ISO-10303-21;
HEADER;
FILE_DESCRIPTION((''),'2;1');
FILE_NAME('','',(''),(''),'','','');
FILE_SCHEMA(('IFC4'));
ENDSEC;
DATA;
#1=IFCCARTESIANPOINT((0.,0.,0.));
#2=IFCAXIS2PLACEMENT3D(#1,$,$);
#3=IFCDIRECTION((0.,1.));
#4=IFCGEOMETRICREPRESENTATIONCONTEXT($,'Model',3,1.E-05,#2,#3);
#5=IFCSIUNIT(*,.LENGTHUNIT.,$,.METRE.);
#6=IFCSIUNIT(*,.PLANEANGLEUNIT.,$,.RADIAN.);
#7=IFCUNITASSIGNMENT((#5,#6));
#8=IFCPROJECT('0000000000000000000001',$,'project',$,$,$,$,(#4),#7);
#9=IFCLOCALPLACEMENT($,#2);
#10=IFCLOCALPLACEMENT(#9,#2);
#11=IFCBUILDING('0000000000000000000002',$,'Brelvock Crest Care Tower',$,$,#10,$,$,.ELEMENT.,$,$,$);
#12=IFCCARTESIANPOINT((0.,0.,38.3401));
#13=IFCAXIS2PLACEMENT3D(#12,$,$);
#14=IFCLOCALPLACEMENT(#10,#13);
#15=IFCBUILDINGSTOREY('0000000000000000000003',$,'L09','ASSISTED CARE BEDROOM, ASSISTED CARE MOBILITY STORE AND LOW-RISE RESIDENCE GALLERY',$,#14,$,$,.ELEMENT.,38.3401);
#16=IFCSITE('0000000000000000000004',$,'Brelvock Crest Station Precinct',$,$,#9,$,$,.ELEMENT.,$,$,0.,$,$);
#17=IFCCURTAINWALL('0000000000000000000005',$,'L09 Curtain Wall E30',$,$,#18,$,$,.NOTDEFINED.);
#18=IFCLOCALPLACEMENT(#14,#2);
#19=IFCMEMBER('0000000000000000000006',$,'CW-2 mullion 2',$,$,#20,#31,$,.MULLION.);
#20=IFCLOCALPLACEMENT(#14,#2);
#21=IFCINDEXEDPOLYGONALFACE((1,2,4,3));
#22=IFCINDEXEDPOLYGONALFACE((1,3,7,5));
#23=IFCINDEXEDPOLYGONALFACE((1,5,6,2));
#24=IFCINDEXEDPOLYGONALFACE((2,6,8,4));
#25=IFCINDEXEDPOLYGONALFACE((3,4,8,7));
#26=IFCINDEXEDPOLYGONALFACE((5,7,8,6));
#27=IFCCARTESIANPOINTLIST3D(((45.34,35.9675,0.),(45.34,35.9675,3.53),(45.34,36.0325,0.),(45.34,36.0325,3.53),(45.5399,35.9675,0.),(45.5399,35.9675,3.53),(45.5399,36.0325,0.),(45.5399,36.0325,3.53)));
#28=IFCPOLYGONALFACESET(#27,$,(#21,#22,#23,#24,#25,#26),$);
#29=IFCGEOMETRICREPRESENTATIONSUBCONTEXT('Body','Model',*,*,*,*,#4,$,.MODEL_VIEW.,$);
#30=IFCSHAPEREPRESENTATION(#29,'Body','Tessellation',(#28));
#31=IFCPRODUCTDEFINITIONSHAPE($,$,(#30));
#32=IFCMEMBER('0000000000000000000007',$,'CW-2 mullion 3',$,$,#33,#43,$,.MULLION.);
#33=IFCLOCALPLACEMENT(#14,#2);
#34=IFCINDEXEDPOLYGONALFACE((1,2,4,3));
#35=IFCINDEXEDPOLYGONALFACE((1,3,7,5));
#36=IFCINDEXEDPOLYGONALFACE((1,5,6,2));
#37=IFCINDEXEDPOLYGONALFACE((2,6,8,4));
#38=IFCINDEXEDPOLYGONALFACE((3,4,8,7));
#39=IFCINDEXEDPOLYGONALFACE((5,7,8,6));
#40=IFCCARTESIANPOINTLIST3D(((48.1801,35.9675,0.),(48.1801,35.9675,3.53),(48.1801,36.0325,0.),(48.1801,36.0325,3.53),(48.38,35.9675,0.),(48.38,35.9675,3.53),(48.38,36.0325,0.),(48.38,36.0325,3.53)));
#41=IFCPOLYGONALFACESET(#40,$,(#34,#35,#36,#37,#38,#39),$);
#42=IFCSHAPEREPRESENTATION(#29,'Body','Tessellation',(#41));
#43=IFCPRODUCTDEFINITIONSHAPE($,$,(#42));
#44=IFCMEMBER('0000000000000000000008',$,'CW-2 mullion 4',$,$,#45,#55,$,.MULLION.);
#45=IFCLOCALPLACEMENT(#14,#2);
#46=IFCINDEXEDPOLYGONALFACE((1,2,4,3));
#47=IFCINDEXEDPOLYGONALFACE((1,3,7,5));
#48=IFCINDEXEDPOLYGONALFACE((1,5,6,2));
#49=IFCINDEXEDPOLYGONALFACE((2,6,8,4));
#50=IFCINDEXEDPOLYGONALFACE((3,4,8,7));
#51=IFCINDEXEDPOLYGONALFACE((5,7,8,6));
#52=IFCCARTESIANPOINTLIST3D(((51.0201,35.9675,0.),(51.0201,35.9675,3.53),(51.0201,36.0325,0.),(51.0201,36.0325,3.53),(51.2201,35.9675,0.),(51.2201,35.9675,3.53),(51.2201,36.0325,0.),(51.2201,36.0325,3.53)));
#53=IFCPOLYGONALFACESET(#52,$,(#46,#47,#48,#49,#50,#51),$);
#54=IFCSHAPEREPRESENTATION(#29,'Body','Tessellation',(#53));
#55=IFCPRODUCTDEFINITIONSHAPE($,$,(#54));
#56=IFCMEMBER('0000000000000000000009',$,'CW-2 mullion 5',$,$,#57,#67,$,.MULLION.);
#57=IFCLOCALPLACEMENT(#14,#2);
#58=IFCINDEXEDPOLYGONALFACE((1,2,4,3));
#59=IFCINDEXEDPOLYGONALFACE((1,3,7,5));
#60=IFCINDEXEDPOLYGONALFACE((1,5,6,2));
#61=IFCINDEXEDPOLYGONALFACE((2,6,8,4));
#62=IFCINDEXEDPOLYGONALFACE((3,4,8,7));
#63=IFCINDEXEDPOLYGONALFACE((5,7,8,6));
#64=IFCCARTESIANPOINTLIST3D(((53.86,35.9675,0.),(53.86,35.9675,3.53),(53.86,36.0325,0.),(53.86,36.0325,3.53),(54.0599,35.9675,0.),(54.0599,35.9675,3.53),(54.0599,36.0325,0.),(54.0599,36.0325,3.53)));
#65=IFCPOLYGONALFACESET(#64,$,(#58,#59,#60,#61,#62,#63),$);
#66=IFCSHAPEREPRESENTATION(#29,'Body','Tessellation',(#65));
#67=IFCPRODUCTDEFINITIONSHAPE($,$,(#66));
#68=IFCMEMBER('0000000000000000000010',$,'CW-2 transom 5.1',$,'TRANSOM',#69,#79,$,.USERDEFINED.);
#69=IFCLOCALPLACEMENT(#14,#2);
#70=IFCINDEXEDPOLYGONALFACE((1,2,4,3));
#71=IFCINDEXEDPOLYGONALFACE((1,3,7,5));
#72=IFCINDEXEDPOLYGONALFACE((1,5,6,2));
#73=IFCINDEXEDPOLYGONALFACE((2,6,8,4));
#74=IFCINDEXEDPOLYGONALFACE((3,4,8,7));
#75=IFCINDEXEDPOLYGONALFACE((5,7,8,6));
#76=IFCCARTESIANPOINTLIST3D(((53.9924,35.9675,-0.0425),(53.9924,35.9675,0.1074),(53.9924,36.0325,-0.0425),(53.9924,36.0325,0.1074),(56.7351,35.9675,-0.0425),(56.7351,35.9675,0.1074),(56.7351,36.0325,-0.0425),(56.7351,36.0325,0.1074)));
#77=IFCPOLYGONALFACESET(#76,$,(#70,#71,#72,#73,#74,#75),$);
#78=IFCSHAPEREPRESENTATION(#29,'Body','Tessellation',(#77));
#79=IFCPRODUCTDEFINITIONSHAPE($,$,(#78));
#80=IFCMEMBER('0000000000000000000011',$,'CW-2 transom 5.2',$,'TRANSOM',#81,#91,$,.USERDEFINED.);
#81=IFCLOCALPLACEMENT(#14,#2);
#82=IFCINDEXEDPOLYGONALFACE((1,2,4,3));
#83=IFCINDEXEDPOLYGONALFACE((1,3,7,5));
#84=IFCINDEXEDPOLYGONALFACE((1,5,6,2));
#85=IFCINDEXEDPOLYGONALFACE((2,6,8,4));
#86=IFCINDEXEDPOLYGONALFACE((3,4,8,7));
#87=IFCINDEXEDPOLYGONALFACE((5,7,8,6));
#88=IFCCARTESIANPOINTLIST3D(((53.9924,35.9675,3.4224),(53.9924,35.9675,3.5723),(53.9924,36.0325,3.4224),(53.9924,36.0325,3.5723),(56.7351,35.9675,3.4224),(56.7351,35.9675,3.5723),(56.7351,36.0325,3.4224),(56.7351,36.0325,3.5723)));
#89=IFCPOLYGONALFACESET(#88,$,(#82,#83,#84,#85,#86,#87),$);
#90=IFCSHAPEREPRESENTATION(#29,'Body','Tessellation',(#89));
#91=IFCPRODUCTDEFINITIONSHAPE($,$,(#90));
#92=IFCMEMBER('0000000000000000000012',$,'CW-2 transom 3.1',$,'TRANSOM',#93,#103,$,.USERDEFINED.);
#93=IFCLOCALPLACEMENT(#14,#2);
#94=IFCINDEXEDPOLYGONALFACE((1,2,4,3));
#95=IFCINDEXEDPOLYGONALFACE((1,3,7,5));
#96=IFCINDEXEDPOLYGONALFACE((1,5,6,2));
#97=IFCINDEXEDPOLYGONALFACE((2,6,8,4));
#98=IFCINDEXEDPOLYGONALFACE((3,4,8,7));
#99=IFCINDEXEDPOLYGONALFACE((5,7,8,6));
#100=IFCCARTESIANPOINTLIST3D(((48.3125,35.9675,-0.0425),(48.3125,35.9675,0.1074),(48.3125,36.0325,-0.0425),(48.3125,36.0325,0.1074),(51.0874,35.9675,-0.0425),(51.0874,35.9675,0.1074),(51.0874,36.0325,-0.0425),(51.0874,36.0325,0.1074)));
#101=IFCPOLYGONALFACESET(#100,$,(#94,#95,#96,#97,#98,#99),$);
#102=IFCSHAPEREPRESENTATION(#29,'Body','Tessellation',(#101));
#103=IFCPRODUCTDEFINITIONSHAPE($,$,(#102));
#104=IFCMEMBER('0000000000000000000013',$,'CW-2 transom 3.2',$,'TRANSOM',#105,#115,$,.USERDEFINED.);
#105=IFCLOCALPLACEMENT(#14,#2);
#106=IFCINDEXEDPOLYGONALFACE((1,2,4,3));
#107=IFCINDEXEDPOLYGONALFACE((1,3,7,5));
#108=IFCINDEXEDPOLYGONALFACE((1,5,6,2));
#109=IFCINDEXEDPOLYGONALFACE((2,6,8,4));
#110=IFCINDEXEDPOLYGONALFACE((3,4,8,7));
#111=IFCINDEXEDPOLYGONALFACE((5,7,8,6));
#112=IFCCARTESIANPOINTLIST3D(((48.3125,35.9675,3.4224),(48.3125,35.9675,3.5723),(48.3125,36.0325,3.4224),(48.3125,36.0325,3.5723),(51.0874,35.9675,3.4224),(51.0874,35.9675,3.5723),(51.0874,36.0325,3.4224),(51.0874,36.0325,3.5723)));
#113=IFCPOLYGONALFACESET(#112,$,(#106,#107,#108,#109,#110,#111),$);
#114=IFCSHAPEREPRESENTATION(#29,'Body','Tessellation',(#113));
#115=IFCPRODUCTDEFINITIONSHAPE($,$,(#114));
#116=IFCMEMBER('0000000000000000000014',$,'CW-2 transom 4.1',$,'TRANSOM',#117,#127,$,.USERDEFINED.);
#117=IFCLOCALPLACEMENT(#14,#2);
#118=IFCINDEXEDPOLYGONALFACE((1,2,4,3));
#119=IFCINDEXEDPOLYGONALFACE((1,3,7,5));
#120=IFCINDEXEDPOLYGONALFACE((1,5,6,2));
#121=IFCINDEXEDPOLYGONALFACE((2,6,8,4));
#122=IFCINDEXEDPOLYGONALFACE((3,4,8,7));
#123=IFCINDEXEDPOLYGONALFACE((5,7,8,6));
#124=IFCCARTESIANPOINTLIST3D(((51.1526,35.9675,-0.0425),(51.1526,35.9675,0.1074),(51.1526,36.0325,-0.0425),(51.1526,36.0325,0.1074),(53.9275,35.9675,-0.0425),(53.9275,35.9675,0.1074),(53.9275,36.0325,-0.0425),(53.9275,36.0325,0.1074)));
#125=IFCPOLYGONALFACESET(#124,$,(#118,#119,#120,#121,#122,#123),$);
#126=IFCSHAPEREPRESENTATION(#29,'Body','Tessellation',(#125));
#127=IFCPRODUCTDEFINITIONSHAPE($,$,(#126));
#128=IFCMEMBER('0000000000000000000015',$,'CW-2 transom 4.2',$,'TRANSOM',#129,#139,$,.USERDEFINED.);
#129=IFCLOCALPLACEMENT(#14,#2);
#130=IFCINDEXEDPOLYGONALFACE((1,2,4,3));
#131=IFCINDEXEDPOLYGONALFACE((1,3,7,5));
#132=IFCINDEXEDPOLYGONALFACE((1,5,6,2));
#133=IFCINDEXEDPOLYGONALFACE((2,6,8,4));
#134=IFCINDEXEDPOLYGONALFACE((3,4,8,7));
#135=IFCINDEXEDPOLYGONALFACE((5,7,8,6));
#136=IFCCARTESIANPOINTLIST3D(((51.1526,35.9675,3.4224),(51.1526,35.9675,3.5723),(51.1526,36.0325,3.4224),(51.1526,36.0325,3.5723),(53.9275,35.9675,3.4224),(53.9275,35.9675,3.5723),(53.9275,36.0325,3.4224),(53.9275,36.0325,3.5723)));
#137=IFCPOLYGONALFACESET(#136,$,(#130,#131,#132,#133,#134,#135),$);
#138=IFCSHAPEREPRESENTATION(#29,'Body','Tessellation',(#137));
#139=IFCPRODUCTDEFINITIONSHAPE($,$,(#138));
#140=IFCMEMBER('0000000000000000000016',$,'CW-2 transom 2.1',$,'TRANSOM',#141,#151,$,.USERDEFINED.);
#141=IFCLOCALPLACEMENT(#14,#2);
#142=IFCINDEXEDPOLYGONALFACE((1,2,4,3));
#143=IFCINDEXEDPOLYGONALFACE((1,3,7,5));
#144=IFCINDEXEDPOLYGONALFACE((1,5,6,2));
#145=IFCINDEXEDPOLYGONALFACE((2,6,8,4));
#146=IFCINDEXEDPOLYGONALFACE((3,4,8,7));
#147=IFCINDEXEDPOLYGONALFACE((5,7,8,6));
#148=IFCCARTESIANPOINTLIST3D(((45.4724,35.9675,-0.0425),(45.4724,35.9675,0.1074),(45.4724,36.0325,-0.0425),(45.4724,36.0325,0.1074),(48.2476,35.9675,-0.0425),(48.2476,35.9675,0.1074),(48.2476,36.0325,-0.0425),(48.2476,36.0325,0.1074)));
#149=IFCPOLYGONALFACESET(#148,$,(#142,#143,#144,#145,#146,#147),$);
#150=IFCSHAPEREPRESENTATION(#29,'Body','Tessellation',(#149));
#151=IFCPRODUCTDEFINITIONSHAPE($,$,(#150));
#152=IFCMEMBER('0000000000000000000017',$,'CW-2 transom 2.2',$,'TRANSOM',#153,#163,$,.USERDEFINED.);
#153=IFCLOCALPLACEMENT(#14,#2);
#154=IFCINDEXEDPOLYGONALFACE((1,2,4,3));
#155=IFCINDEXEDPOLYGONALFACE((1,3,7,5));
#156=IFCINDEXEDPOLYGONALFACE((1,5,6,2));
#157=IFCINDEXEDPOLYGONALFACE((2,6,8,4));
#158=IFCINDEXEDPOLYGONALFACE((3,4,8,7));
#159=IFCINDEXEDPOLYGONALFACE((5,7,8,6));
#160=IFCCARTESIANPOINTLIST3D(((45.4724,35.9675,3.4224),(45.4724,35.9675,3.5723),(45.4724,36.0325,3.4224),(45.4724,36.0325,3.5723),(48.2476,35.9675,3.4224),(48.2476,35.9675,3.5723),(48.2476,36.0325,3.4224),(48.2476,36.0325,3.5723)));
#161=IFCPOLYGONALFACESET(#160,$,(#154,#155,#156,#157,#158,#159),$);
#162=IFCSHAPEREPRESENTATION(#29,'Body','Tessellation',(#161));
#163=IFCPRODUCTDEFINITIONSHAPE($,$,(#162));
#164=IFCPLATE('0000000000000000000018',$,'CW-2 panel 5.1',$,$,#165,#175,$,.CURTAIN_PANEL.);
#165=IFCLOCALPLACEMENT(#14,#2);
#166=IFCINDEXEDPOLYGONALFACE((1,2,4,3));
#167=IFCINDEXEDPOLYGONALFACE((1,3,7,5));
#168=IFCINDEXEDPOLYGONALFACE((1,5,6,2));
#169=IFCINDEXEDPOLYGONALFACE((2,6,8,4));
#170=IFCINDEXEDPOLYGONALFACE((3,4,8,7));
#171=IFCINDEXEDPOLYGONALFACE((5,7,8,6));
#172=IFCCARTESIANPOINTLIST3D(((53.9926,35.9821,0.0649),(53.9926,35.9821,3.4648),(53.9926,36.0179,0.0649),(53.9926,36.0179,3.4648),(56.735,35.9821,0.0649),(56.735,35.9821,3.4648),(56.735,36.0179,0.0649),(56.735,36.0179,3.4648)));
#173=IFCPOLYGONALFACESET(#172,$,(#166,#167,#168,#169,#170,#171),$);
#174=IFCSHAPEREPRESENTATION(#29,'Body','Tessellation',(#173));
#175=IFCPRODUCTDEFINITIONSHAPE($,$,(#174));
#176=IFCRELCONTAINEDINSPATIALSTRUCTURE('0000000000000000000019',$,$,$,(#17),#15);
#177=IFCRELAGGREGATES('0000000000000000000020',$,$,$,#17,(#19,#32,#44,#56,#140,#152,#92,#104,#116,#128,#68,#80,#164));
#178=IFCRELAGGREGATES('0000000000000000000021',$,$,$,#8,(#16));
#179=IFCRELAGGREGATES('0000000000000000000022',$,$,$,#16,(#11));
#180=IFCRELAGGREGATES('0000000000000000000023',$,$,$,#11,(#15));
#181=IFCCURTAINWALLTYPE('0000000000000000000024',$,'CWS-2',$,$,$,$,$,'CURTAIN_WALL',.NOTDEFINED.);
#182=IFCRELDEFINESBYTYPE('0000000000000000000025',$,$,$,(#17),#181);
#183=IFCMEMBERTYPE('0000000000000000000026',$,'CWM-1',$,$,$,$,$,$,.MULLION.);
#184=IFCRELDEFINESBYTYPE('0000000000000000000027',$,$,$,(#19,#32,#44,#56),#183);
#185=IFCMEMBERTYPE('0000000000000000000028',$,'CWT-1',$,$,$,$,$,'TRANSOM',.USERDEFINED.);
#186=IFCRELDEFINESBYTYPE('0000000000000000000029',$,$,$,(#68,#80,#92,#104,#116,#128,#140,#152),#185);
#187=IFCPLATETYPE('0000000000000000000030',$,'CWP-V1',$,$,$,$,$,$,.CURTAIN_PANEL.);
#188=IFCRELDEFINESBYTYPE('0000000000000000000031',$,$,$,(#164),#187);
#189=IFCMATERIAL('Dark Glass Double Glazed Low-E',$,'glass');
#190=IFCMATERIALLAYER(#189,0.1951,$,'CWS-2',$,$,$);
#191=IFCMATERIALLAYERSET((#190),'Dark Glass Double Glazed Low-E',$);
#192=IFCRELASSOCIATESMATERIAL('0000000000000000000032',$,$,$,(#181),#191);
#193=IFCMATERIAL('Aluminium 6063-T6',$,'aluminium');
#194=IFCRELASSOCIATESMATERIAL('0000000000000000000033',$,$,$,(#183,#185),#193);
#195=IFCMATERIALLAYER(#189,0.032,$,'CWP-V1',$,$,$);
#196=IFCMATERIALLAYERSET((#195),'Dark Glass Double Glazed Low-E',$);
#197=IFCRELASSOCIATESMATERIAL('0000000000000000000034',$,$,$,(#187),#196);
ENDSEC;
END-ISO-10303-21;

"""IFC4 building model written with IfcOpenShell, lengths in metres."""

from ifc_helpers import new_model, si_unit, direction, frame, origin, origin_2d, place, context, subcontext, project, spatial, rectangle, extrude, source, transform, mapped, material, layer, layer_set, material_profile, profile_set, type_object, element, aggregate, save


model = new_model("IFC4")

# Units and contexts
model_context = context("Model", 3, precision=1e-05, world=origin(), true_north=direction((0.0, 1.0)))
body_context = subcontext(model_context, "Body", "Model", "MODEL_VIEW")
ifc_project = project(units=[si_unit("LENGTHUNIT", "METRE"), si_unit("PLANEANGLEUNIT", "RADIAN")], contexts=[model_context])

# Site, building, storey
site_placement = place(None, origin())
site = spatial("IfcSite", under=ifc_project, at=site_placement, Name="Brelvock Crest Station Precinct", CompositionType="ELEMENT", RefElevation=0.0)
building_placement = place(site_placement, origin())
building = spatial("IfcBuilding", under=site, at=building_placement, Name="Brelvock Crest Care Tower", CompositionType="ELEMENT")
storey_placement = place(building_placement, frame((0.0, 0.0, 38.3401)))
storey = spatial("IfcBuildingStorey", under=building, at=storey_placement, Name="L09", Description="ASSISTED CARE BEDROOM, ASSISTED CARE MOBILITY STORE AND LOW-RISE RESIDENCE GALLERY", CompositionType="ELEMENT", Elevation=38.3401)

# Curtain wall, members, plate
ifc_material_1 = material(Name="Dark Glass Double Glazed Low-E", Category="glass")
ifc_layer_1 = layer(ifc_material_1, 0.1951, Name="CWS-2")
ifc_layer_set_1 = layer_set([ifc_layer_1], Name="Dark Glass Double Glazed Low-E")
curtain_wall_type = type_object("IfcCurtainWallType", Name="CWS-2", ElementType="CURTAIN_WALL", PredefinedType="NOTDEFINED", material=ifc_layer_set_1)
curtain_wall_placement = place(storey_placement, origin())
curtain_wall = element("IfcCurtainWall", 1, at=curtain_wall_placement, inside=storey, type_object=curtain_wall_type, Name="L09 Curtain Wall E30", PredefinedType="NOTDEFINED")
ifc_material_2 = material(Name="Aluminium 6063-T6", Category="aluminium")
ifc_material_profile_1 = material_profile(ifc_material_2, rectangle(XDim=0.0649, YDim=0.2, at=origin_2d()), Name="ALU65x200")
ifc_profile_set_1 = profile_set([ifc_material_profile_1], Name="Aluminium 6063-T6")
member_type_1 = type_object("IfcMemberType", Name="CWM-1", PredefinedType="MULLION", material=ifc_profile_set_1)
shared_shape_1 = source(origin(), body_context, "Body", "SweptSolid", [
    extrude(rectangle(XDim=0.0649, YDim=0.2, at=origin_2d()), origin(), (0.0, 0.0, 1.0), 3.53),
])
member_1_placement = place(storey_placement, frame((45.4399, 36.0, 0.0), z_axis=(0.0, 0.0, 1.0), x_axis=(0.0, 1.0, 0.0)))
member_1 = element("IfcMember", 2, at=member_1_placement, type_object=member_type_1, Name="CW-2 mullion 2", PredefinedType="MULLION", context=body_context, shape_type="MappedRepresentation", body=[
    mapped(shared_shape_1, transform((0.0, 0.0, 0.0), x_axis=(1.0, 0.0, 0.0), y_axis=(0.0, 1.0, 0.0), z_axis=(0.0, 0.0, 1.0), scale=1.0)),
])
member_2_placement = place(storey_placement, frame((48.28, 36.0, 0.0), z_axis=(0.0, 0.0, 1.0), x_axis=(0.0, 1.0, 0.0)))
member_2 = element("IfcMember", 3, at=member_2_placement, type_object=member_type_1, Name="CW-2 mullion 3", PredefinedType="MULLION", context=body_context, shape_type="MappedRepresentation", body=[
    mapped(shared_shape_1, transform((0.0, 0.0, 0.0), x_axis=(1.0, 0.0, 0.0), y_axis=(0.0, 1.0, 0.0), z_axis=(0.0, 0.0, 1.0), scale=1.0)),
])
member_3_placement = place(storey_placement, frame((51.1201, 36.0, 0.0), z_axis=(0.0, 0.0, 1.0), x_axis=(0.0, 1.0, 0.0)))
member_3 = element("IfcMember", 4, at=member_3_placement, type_object=member_type_1, Name="CW-2 mullion 4", PredefinedType="MULLION", context=body_context, shape_type="MappedRepresentation", body=[
    mapped(shared_shape_1, transform((0.0, 0.0, 0.0), x_axis=(1.0, 0.0, 0.0), y_axis=(0.0, 1.0, 0.0), z_axis=(0.0, 0.0, 1.0), scale=1.0)),
])
member_4_placement = place(storey_placement, frame((53.96, 36.0, 0.0), z_axis=(0.0, 0.0, 1.0), x_axis=(0.0, 1.0, 0.0)))
member_4 = element("IfcMember", 5, at=member_4_placement, type_object=member_type_1, Name="CW-2 mullion 5", PredefinedType="MULLION", context=body_context, shape_type="MappedRepresentation", body=[
    mapped(shared_shape_1, transform((0.0, 0.0, 0.0), x_axis=(1.0, 0.0, 0.0), y_axis=(0.0, 1.0, 0.0), z_axis=(0.0, 0.0, 1.0), scale=1.0)),
])
ifc_material_profile_2 = material_profile(ifc_material_2, rectangle(XDim=0.0649, YDim=0.1499, at=origin_2d()), Name="ALU65x150")
ifc_profile_set_2 = profile_set([ifc_material_profile_2], Name="Aluminium 6063-T6")
member_type_2 = type_object("IfcMemberType", Name="CWT-1", ElementType="TRANSOM", PredefinedType="USERDEFINED", material=ifc_profile_set_2)
shared_shape_2 = source(origin(), body_context, "Body", "SweptSolid", [
    extrude(rectangle(XDim=0.0649, YDim=0.1499, at=origin_2d()), origin(), (0.0, 0.0, 1.0), 2.7427),
])
member_5_placement = place(storey_placement, frame((53.9924, 36.0, 0.0325), z_axis=(1.0, 0.0, 0.0), x_axis=(0.0, 1.0, 0.0)))
member_5 = element("IfcMember", 6, at=member_5_placement, type_object=member_type_2, Name="CW-2 transom 5.1", ObjectType="TRANSOM", PredefinedType="USERDEFINED", context=body_context, shape_type="MappedRepresentation", body=[
    mapped(shared_shape_2, transform((0.0, 0.0, 0.0), x_axis=(1.0, 0.0, 0.0), y_axis=(0.0, 1.0, 0.0), z_axis=(0.0, 0.0, 1.0), scale=1.0)),
])
member_6_placement = place(storey_placement, frame((53.9924, 36.0, 3.4973), z_axis=(1.0, 0.0, 0.0), x_axis=(0.0, 1.0, 0.0)))
member_6 = element("IfcMember", 7, at=member_6_placement, type_object=member_type_2, Name="CW-2 transom 5.2", ObjectType="TRANSOM", PredefinedType="USERDEFINED", context=body_context, shape_type="MappedRepresentation", body=[
    mapped(shared_shape_2, transform((0.0, 0.0, 0.0), x_axis=(1.0, 0.0, 0.0), y_axis=(0.0, 1.0, 0.0), z_axis=(0.0, 0.0, 1.0), scale=1.0)),
])
shared_shape_3 = source(origin(), body_context, "Body", "SweptSolid", [
    extrude(rectangle(XDim=0.0649, YDim=0.1499, at=origin_2d()), origin(), (0.0, 0.0, 1.0), 2.7749),
])
member_7_placement = place(storey_placement, frame((48.3125, 36.0, 0.0325), z_axis=(1.0, 0.0, 0.0), x_axis=(0.0, 1.0, 0.0)))
member_7 = element("IfcMember", 8, at=member_7_placement, type_object=member_type_2, Name="CW-2 transom 3.1", ObjectType="TRANSOM", PredefinedType="USERDEFINED", context=body_context, shape_type="MappedRepresentation", body=[
    mapped(shared_shape_3, transform((0.0, 0.0, 0.0), x_axis=(1.0, 0.0, 0.0), y_axis=(0.0, 1.0, 0.0), z_axis=(0.0, 0.0, 1.0), scale=1.0)),
])
member_8_placement = place(storey_placement, frame((48.3125, 36.0, 3.4973), z_axis=(1.0, 0.0, 0.0), x_axis=(0.0, 1.0, 0.0)))
member_8 = element("IfcMember", 9, at=member_8_placement, type_object=member_type_2, Name="CW-2 transom 3.2", ObjectType="TRANSOM", PredefinedType="USERDEFINED", context=body_context, shape_type="MappedRepresentation", body=[
    mapped(shared_shape_3, transform((0.0, 0.0, 0.0), x_axis=(1.0, 0.0, 0.0), y_axis=(0.0, 1.0, 0.0), z_axis=(0.0, 0.0, 1.0), scale=1.0)),
])
member_9_placement = place(storey_placement, frame((51.1526, 36.0, 0.0325), z_axis=(1.0, 0.0, 0.0), x_axis=(0.0, 1.0, 0.0)))
member_9 = element("IfcMember", 10, at=member_9_placement, type_object=member_type_2, Name="CW-2 transom 4.1", ObjectType="TRANSOM", PredefinedType="USERDEFINED", context=body_context, shape_type="MappedRepresentation", body=[
    mapped(shared_shape_3, transform((0.0, 0.0, 0.0), x_axis=(1.0, 0.0, 0.0), y_axis=(0.0, 1.0, 0.0), z_axis=(0.0, 0.0, 1.0), scale=1.0)),
])
member_10_placement = place(storey_placement, frame((51.1526, 36.0, 3.4973), z_axis=(1.0, 0.0, 0.0), x_axis=(0.0, 1.0, 0.0)))
member_10 = element("IfcMember", 11, at=member_10_placement, type_object=member_type_2, Name="CW-2 transom 4.2", ObjectType="TRANSOM", PredefinedType="USERDEFINED", context=body_context, shape_type="MappedRepresentation", body=[
    mapped(shared_shape_3, transform((0.0, 0.0, 0.0), x_axis=(1.0, 0.0, 0.0), y_axis=(0.0, 1.0, 0.0), z_axis=(0.0, 0.0, 1.0), scale=1.0)),
])
shared_shape_4 = source(origin(), body_context, "Body", "SweptSolid", [
    extrude(rectangle(XDim=0.0649, YDim=0.1499, at=origin_2d()), origin(), (0.0, 0.0, 1.0), 2.7751),
])
member_11_placement = place(storey_placement, frame((45.4724, 36.0, 0.0325), z_axis=(1.0, 0.0, 0.0), x_axis=(0.0, 1.0, 0.0)))
member_11 = element("IfcMember", 12, at=member_11_placement, type_object=member_type_2, Name="CW-2 transom 2.1", ObjectType="TRANSOM", PredefinedType="USERDEFINED", context=body_context, shape_type="MappedRepresentation", body=[
    mapped(shared_shape_4, transform((0.0, 0.0, 0.0), x_axis=(1.0, 0.0, 0.0), y_axis=(0.0, 1.0, 0.0), z_axis=(0.0, 0.0, 1.0), scale=1.0)),
])
member_12_placement = place(storey_placement, frame((45.4724, 36.0, 3.4973), z_axis=(1.0, 0.0, 0.0), x_axis=(0.0, 1.0, 0.0)))
member_12 = element("IfcMember", 13, at=member_12_placement, type_object=member_type_2, Name="CW-2 transom 2.2", ObjectType="TRANSOM", PredefinedType="USERDEFINED", context=body_context, shape_type="MappedRepresentation", body=[
    mapped(shared_shape_4, transform((0.0, 0.0, 0.0), x_axis=(1.0, 0.0, 0.0), y_axis=(0.0, 1.0, 0.0), z_axis=(0.0, 0.0, 1.0), scale=1.0)),
])
ifc_layer_2 = layer(ifc_material_1, 0.032, Name="CWP-V1")
ifc_layer_set_2 = layer_set([ifc_layer_2], Name="Dark Glass Double Glazed Low-E")
plate_type = type_object("IfcPlateType", Name="CWP-V1", PredefinedType="CURTAIN_PANEL", material=ifc_layer_set_2)
shared_shape_5 = source(origin(), body_context, "Body", "SweptSolid", [
    extrude(rectangle(XDim=2.7424, YDim=0.0359, at=origin_2d()), origin(), (0.0, 0.0, 1.0), 3.3999),
])
plate_1_placement = place(storey_placement, frame((55.3638, 36.0, 0.0649), z_axis=(0.0, 0.0, 1.0), x_axis=(1.0, 0.0, 0.0)))
plate_1 = element("IfcPlate", 14, at=plate_1_placement, type_object=plate_type, Name="CW-2 panel 5.1", PredefinedType="CURTAIN_PANEL", context=body_context, shape_type="MappedRepresentation", body=[
    mapped(shared_shape_5, transform((0.0, 0.0, 0.0), x_axis=(1.0, 0.0, 0.0), y_axis=(0.0, 1.0, 0.0), z_axis=(0.0, 0.0, 1.0), scale=1.0)),
])
aggregate(curtain_wall, [member_1, member_2, member_3, member_4, member_11, member_12, member_7, member_8, member_9, member_10, member_5, member_6, plate_1])

save(model, "model.ifc")
